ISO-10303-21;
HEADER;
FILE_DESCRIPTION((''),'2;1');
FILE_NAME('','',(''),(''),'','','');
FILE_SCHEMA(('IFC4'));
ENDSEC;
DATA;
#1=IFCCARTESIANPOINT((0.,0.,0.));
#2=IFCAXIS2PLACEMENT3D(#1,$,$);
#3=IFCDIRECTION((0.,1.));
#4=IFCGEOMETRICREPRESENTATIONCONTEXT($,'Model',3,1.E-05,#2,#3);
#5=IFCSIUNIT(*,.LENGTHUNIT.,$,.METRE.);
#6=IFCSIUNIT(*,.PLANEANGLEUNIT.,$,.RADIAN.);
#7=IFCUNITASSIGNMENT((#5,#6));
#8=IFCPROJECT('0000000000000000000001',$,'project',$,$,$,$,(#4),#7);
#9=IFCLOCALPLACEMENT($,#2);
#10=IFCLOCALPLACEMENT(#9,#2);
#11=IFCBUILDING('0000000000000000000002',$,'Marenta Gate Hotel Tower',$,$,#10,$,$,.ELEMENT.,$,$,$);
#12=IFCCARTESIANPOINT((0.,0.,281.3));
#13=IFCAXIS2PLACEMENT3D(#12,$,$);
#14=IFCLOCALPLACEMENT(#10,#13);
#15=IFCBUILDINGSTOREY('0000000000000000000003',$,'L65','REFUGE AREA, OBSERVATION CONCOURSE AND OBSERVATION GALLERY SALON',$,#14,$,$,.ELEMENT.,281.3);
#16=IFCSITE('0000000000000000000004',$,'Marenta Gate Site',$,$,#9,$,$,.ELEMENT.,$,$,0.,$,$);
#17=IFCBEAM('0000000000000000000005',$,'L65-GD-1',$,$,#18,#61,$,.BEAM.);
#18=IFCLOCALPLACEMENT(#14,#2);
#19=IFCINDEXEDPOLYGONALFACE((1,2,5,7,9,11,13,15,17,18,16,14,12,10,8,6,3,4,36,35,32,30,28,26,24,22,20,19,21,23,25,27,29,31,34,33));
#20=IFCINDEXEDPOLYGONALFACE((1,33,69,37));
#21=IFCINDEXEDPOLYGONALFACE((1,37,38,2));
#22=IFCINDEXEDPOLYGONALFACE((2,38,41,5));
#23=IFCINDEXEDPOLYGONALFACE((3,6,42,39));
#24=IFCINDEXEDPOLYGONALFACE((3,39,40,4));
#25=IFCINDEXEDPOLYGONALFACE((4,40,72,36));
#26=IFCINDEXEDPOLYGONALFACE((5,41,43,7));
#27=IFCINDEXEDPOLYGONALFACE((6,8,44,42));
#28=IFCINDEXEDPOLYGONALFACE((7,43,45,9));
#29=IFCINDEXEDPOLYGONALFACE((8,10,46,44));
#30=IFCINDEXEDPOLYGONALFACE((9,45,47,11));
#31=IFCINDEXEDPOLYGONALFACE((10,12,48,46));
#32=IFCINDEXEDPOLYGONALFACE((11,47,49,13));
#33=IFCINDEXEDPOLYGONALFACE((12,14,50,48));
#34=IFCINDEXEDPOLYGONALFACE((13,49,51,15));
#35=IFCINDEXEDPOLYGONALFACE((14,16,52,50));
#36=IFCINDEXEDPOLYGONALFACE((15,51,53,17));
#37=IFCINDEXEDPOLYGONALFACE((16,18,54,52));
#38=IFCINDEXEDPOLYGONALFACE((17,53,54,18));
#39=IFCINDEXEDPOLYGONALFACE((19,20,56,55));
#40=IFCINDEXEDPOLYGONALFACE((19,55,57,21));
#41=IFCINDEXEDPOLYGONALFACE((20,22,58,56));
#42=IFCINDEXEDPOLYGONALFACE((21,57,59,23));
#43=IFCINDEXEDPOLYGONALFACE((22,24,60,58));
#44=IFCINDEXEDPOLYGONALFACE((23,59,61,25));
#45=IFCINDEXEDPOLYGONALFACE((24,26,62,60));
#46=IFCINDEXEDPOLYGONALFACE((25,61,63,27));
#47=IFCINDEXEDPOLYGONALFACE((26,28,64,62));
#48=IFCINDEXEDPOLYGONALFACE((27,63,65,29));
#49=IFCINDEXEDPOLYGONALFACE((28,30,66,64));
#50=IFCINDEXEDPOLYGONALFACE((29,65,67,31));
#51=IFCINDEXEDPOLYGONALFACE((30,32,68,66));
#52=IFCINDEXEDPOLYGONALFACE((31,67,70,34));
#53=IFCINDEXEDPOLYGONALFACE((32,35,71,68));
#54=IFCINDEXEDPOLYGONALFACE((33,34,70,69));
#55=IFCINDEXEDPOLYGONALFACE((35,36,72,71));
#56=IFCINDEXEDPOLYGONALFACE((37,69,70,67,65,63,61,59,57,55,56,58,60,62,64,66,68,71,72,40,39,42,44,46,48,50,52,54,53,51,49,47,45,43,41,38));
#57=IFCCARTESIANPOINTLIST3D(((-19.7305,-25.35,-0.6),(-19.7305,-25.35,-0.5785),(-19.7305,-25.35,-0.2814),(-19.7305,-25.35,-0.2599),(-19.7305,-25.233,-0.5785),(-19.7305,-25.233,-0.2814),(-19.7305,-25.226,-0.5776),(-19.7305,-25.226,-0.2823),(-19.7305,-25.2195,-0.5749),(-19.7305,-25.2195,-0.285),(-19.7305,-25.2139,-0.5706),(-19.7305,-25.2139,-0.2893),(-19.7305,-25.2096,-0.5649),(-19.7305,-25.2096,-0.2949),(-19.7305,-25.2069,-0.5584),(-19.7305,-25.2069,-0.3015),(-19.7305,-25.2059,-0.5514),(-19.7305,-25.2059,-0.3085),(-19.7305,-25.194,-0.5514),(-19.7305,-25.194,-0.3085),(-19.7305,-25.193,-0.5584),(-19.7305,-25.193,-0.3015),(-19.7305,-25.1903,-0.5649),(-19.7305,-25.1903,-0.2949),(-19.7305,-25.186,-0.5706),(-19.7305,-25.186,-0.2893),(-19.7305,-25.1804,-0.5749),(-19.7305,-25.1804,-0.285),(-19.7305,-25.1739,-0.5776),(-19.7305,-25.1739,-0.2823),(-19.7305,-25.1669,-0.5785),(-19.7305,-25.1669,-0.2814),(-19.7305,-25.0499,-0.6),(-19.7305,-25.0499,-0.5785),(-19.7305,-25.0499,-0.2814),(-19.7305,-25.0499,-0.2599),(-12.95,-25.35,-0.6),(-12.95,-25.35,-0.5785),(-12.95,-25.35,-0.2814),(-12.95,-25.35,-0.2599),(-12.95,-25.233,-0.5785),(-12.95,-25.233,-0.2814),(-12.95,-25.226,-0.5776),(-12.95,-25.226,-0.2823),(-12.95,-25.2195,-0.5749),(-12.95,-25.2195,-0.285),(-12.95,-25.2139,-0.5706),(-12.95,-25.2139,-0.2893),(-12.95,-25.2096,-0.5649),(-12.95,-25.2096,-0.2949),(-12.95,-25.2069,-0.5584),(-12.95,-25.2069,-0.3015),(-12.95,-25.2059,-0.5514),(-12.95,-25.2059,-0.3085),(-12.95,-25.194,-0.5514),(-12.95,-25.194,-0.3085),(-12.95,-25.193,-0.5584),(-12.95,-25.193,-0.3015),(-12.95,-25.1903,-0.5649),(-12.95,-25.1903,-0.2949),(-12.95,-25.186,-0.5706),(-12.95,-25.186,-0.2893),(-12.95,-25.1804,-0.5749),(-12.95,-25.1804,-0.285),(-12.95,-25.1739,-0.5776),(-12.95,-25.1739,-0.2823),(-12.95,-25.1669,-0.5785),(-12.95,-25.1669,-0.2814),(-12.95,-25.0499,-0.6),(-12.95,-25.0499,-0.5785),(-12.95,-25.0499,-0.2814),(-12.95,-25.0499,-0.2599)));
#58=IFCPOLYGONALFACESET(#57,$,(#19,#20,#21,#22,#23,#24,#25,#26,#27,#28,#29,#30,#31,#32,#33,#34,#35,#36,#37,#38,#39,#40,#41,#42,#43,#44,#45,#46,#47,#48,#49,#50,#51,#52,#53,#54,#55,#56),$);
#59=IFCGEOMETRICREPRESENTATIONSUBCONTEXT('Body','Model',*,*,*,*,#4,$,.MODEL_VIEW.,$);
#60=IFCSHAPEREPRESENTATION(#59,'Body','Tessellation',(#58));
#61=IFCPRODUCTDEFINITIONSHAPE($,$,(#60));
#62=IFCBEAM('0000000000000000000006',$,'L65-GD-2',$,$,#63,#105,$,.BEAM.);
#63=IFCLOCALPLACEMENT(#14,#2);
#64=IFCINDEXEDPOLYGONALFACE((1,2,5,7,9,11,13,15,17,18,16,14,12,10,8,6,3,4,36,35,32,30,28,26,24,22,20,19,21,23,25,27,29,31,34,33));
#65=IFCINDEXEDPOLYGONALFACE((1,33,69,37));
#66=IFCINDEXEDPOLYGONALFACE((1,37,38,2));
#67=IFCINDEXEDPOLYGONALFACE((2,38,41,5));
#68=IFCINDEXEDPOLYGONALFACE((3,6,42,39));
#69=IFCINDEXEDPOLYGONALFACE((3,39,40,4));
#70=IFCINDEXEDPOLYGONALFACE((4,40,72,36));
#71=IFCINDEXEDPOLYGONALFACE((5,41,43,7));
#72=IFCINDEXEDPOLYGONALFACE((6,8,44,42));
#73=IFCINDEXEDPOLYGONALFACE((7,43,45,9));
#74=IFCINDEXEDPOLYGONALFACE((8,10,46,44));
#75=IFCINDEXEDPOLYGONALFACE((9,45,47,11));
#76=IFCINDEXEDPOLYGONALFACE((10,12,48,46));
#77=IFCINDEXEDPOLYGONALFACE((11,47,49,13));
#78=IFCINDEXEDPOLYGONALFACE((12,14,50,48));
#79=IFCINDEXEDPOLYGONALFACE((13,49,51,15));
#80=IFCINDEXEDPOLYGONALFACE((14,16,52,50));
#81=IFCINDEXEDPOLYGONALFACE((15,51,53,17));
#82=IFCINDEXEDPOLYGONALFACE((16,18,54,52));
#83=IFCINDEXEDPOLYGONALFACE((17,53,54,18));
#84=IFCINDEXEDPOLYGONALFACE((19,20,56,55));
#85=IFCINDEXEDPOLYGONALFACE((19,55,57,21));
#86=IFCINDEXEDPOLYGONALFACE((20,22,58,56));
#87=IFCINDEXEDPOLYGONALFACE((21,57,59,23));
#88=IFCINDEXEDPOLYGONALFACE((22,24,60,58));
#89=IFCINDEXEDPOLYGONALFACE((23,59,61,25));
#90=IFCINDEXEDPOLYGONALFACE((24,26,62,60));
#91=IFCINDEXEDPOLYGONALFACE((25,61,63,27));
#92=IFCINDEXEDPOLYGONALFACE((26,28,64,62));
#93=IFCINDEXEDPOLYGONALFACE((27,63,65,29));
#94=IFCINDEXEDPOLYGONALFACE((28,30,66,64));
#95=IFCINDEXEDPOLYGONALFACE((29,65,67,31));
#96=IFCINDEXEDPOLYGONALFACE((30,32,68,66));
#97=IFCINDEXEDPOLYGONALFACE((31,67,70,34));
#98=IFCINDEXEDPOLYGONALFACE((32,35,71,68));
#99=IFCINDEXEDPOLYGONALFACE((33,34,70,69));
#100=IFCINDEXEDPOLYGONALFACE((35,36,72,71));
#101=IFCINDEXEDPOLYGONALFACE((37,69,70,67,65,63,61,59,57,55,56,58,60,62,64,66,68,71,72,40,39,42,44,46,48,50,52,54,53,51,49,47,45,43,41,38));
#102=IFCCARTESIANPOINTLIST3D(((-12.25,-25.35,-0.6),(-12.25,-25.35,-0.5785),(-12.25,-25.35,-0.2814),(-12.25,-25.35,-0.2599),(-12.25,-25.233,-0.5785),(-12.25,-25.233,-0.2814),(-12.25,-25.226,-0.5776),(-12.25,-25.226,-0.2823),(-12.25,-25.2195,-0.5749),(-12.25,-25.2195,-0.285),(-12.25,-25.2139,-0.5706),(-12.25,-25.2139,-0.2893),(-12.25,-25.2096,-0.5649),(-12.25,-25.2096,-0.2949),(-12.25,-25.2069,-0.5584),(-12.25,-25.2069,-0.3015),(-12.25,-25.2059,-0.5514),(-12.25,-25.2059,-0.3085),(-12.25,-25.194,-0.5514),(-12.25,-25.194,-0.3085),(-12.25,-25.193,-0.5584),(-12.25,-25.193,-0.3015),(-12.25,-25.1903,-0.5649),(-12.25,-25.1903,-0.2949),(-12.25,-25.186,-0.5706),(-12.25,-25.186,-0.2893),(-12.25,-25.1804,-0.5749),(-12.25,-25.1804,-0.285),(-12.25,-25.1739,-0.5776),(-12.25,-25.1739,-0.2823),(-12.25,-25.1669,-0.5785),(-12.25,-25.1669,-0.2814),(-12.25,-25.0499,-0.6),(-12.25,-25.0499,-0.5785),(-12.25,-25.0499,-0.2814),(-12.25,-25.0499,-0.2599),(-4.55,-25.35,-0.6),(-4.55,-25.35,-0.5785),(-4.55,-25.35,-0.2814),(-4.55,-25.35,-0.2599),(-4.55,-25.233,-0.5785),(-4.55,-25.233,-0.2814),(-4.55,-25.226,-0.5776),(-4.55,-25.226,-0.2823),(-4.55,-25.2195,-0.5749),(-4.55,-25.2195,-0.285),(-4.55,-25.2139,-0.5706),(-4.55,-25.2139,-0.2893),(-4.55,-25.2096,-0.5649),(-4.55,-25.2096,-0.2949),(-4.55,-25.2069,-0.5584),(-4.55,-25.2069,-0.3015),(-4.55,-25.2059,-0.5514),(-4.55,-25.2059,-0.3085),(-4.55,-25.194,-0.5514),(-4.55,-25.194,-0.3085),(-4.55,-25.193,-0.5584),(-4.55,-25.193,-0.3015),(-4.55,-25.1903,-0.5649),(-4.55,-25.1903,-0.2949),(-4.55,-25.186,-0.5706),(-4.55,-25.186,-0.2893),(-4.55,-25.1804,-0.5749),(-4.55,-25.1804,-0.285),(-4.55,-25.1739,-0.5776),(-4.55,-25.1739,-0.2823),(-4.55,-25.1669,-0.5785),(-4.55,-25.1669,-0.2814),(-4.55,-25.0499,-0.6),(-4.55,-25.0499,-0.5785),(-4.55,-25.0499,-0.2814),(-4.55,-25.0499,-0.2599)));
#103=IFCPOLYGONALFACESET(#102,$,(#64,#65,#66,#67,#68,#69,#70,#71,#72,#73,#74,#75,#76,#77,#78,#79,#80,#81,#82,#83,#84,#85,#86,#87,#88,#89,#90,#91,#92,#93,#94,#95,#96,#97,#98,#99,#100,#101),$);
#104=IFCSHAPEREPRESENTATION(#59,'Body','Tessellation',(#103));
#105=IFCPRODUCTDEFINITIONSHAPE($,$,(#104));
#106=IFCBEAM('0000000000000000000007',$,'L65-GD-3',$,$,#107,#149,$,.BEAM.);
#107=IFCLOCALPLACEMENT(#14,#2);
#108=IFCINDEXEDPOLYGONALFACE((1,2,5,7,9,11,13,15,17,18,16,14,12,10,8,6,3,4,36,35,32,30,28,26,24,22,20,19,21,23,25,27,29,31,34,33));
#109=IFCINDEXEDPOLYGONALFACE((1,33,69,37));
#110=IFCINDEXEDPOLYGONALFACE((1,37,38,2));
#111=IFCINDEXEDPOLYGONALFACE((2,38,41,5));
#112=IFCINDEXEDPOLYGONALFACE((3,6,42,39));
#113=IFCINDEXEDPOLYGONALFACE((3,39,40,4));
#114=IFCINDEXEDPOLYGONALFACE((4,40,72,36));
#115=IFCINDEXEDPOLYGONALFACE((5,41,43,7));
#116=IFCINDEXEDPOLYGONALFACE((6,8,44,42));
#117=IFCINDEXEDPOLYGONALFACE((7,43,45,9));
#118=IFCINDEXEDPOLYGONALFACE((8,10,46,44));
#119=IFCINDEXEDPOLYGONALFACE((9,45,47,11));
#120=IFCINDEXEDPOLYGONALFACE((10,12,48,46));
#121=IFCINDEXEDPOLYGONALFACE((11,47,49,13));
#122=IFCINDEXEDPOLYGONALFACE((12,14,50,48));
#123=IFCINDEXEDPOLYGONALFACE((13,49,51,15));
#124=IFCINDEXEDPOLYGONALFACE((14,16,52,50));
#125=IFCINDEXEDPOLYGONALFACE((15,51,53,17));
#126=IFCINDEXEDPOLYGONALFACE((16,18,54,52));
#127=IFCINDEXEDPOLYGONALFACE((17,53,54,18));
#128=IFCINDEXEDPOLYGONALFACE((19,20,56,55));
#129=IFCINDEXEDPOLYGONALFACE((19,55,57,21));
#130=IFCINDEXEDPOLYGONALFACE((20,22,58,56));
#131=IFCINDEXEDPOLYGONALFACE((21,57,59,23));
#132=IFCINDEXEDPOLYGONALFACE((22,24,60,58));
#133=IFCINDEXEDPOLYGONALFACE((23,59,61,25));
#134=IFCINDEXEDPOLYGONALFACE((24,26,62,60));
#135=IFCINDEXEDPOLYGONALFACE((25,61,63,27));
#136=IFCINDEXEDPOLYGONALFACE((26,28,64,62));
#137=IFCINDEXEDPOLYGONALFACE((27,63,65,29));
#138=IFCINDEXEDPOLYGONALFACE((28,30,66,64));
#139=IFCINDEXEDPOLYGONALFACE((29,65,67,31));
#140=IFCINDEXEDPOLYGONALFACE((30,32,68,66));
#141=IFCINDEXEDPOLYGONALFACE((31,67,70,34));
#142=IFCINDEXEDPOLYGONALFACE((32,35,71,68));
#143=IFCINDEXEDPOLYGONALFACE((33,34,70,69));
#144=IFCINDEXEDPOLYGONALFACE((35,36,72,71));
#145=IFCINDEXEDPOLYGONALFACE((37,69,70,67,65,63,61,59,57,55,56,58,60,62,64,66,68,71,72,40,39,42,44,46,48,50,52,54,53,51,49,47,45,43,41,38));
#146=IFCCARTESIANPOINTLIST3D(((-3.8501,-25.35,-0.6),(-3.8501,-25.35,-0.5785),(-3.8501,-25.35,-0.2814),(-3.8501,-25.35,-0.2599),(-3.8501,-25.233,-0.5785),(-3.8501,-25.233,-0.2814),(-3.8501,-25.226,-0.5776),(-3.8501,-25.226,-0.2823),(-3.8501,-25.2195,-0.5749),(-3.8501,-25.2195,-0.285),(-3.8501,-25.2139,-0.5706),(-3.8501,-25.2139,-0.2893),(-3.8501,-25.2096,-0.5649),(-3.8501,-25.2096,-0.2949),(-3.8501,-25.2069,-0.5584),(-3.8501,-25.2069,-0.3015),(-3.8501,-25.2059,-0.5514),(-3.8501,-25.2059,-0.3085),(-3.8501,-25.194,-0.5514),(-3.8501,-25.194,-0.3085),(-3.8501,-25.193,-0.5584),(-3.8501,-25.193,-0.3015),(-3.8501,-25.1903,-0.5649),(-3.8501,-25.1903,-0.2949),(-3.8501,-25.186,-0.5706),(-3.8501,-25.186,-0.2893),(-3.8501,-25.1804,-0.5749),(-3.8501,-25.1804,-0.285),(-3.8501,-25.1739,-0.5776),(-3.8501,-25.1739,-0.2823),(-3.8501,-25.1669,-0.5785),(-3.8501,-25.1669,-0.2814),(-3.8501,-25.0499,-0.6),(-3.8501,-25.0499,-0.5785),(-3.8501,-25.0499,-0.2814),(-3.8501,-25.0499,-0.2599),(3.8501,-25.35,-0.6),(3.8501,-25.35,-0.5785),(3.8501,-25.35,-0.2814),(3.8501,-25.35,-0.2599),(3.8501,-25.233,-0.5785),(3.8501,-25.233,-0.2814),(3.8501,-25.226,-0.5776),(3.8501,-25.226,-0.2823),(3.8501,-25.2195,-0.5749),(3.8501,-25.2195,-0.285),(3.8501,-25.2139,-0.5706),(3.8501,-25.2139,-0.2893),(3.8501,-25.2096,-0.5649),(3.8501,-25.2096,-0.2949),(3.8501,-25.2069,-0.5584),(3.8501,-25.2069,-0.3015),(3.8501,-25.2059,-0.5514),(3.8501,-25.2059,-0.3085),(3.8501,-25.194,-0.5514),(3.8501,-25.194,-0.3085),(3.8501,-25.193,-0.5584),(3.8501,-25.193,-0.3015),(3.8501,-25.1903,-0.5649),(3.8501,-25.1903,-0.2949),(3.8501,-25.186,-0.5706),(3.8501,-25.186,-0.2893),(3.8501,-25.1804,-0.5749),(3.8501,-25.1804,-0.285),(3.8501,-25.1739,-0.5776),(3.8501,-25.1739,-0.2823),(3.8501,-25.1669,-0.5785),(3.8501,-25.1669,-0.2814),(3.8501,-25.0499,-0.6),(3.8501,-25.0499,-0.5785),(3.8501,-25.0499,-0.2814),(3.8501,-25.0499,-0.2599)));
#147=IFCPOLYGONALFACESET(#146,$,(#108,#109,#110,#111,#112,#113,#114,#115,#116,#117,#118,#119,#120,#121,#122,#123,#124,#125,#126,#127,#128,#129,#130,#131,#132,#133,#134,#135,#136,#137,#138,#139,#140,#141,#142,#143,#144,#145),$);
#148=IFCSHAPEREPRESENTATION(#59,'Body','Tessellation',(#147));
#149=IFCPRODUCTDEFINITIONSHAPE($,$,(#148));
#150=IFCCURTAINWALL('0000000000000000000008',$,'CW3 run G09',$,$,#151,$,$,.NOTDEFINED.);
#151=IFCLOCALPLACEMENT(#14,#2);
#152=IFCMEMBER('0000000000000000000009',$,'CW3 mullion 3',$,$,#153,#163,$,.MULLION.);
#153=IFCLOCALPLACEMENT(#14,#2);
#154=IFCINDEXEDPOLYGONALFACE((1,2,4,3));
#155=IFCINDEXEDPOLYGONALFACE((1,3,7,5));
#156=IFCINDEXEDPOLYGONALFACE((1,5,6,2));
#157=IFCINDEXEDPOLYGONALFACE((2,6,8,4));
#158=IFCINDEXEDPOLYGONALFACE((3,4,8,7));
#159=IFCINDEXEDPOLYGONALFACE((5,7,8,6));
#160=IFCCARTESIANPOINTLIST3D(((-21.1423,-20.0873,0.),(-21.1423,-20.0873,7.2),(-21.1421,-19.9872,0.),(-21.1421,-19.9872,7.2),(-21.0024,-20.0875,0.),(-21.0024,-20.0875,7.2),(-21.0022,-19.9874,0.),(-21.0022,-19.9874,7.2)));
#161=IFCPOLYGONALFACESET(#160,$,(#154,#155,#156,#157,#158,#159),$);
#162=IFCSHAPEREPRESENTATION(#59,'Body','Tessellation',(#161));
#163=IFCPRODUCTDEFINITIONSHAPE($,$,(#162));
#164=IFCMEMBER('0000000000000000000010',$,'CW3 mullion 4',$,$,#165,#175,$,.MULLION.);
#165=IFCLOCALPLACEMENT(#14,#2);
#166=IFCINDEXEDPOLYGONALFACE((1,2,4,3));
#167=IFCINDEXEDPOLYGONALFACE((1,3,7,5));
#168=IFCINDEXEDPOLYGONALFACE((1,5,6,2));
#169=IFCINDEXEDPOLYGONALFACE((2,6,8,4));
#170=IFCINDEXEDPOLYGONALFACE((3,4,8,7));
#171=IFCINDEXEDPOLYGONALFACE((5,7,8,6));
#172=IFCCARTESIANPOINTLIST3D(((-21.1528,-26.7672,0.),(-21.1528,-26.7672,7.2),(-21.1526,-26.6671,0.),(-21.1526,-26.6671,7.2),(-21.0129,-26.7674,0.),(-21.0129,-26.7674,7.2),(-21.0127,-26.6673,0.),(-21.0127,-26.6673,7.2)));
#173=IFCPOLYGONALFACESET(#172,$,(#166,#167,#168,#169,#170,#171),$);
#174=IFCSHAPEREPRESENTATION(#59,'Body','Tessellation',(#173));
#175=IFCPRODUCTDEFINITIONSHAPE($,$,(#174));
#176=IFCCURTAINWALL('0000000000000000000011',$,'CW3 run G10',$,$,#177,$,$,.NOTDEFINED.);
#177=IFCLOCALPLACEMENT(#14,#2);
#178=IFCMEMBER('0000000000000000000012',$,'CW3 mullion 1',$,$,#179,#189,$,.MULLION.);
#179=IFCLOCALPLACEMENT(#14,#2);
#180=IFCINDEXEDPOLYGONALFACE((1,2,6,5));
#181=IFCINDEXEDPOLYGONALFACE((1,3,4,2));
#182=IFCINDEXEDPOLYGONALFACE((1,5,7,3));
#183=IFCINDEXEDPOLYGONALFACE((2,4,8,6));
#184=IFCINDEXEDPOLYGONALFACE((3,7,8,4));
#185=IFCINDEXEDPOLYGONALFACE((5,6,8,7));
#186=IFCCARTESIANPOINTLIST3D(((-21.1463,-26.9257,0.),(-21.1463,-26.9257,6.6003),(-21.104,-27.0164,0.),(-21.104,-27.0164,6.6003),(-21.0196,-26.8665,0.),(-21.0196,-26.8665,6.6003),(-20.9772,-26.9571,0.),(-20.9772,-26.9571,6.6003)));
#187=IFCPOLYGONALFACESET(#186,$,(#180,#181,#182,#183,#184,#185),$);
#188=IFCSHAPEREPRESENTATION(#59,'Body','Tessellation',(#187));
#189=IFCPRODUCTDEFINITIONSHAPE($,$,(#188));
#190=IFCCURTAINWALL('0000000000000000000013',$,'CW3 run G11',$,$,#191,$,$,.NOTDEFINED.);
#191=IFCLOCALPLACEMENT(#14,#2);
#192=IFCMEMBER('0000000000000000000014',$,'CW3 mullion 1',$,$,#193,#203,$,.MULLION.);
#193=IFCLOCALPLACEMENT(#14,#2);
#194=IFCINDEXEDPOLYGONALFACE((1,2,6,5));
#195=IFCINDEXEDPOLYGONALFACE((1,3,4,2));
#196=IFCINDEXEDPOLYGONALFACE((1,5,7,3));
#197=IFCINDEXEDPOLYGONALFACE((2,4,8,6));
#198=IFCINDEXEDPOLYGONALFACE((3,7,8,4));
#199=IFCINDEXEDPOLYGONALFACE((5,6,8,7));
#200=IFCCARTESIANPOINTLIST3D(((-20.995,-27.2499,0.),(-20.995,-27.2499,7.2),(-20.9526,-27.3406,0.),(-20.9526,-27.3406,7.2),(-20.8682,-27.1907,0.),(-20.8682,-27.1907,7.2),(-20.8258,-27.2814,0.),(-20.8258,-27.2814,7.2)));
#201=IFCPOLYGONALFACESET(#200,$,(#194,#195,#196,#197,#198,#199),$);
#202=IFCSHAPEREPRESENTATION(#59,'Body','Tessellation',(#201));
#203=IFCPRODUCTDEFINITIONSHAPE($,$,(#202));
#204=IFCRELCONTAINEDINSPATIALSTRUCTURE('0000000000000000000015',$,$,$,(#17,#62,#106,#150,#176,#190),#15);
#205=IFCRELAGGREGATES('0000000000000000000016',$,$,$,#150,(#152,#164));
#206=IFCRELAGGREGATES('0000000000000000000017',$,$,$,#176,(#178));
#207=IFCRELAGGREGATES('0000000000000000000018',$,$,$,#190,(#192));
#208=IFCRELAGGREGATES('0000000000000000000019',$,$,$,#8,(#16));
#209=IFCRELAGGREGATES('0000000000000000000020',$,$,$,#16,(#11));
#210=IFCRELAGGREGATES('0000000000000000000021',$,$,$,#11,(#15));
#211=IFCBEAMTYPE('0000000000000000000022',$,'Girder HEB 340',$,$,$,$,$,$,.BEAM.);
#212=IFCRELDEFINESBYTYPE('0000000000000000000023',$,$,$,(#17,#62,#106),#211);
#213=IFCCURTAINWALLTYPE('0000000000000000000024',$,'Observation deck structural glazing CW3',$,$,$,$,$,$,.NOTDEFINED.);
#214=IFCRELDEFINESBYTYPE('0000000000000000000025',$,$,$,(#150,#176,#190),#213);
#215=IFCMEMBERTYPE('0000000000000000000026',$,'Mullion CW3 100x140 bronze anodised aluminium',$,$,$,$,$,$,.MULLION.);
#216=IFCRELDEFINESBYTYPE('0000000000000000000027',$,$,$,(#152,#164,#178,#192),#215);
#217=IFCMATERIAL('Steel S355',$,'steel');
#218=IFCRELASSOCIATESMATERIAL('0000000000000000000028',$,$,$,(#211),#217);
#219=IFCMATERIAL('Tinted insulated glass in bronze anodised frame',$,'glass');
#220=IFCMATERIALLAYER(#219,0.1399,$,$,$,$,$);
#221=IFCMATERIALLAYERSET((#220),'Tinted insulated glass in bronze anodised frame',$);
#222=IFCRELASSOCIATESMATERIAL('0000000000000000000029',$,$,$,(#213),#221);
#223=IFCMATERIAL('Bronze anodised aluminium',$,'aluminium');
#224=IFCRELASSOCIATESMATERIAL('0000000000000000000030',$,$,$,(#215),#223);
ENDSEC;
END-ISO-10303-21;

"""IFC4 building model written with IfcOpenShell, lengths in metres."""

from ifc_helpers import new_model, si_unit, direction, frame, origin, origin_2d, place, context, subcontext, project, spatial, rectangle, i_section, extrude, material, layer, layer_set, material_profile, profile_set, type_object, element, aggregate, save


model = new_model("IFC4")

# Units and contexts
model_context = context("Model", 3, precision=1e-05, world=origin(), true_north=direction((0.0, 1.0)))
body_context = subcontext(model_context, "Body", "Model", "MODEL_VIEW")
ifc_project = project(units=[si_unit("LENGTHUNIT", "METRE"), si_unit("PLANEANGLEUNIT", "RADIAN")], contexts=[model_context])

# Site, building, storey
site_placement = place(None, origin())
site = spatial("IfcSite", under=ifc_project, at=site_placement, Name="Marenta Gate Site", CompositionType="ELEMENT", RefElevation=0.0)
building_placement = place(site_placement, origin())
building = spatial("IfcBuilding", under=site, at=building_placement, Name="Marenta Gate Hotel Tower", CompositionType="ELEMENT")
storey_placement = place(building_placement, frame((0.0, 0.0, 281.3)))
storey = spatial("IfcBuildingStorey", under=building, at=storey_placement, Name="L65", Description="REFUGE AREA, OBSERVATION CONCOURSE AND OBSERVATION GALLERY SALON", CompositionType="ELEMENT", Elevation=281.3)

# Beams
ifc_material_1 = material(Name="Steel S355", Category="steel")
ifc_material_profile_1 = material_profile(ifc_material_1, i_section(OverallWidth=0.3, OverallDepth=0.3401, WebThickness=0.012, FlangeThickness=0.0215, FilletRadius=0.0271, at=origin_2d()), Name="HEB 340")
ifc_profile_set_1 = profile_set([ifc_material_profile_1], Name="Steel S355")
beam_type_1 = type_object("IfcBeamType", Name="Girder HEB 340", PredefinedType="BEAM", material=ifc_profile_set_1)
beam_1_placement = place(storey_placement, frame((-19.7305, -25.2, -0.4299), z_axis=(1.0, 0.0, 0.0), x_axis=(0.0, 1.0, 0.0)))
element("IfcBeam", 1, at=beam_1_placement, inside=storey, type_object=beam_type_1, Name="L65-GD-1", PredefinedType="BEAM", context=body_context, shape_type="SweptSolid", body=[
    extrude(i_section(OverallWidth=0.3, OverallDepth=0.3401, WebThickness=0.012, FlangeThickness=0.0215, FilletRadius=0.0271, at=origin_2d()), origin(), (0.0, 0.0, 1.0), 6.7805),
])
beam_2_placement = place(storey_placement, frame((-12.25, -25.2, -0.4299), z_axis=(1.0, 0.0, 0.0), x_axis=(0.0, 1.0, 0.0)))
element("IfcBeam", 2, at=beam_2_placement, inside=storey, type_object=beam_type_1, Name="L65-GD-2", PredefinedType="BEAM", context=body_context, shape_type="SweptSolid", body=[
    extrude(i_section(OverallWidth=0.3, OverallDepth=0.3401, WebThickness=0.012, FlangeThickness=0.0215, FilletRadius=0.0271, at=origin_2d()), origin(), (0.0, 0.0, 1.0), 7.7),
])
beam_3_placement = place(storey_placement, frame((-3.8501, -25.2, -0.4299), z_axis=(1.0, 0.0, 0.0), x_axis=(0.0, 1.0, 0.0)))
element("IfcBeam", 3, at=beam_3_placement, inside=storey, type_object=beam_type_1, Name="L65-GD-3", PredefinedType="BEAM", context=body_context, shape_type="SweptSolid", body=[
    extrude(i_section(OverallWidth=0.3, OverallDepth=0.3401, WebThickness=0.012, FlangeThickness=0.0215, FilletRadius=0.0271, at=origin_2d()), origin(), (0.0, 0.0, 1.0), 7.7002),
])

# Curtain wall, members
ifc_material_2 = material(Name="Tinted insulated glass in bronze anodised frame", Category="glass")
ifc_layer_1 = layer(ifc_material_2, 0.1399)
ifc_layer_set_1 = layer_set([ifc_layer_1], Name="Tinted insulated glass in bronze anodised frame")
curtain_wall_type = type_object("IfcCurtainWallType", Name="Observation deck structural glazing CW3", PredefinedType="NOTDEFINED", material=ifc_layer_set_1)
curtain_wall_1_placement = place(storey_placement, origin())
curtain_wall_1 = element("IfcCurtainWall", 4, at=curtain_wall_1_placement, inside=storey, type_object=curtain_wall_type, Name="CW3 run G09", PredefinedType="NOTDEFINED")
ifc_material_3 = material(Name="Bronze anodised aluminium", Category="aluminium")
ifc_material_profile_2 = material_profile(ifc_material_3, rectangle(XDim=0.1399, YDim=0.1001, at=origin_2d()), Name="Mullion CW3 100x140 bronze anodised aluminium")
ifc_profile_set_2 = profile_set([ifc_material_profile_2], Name="Bronze anodised aluminium")
member_type_1 = type_object("IfcMemberType", Name="Mullion CW3 100x140 bronze anodised aluminium", PredefinedType="MULLION", material=ifc_profile_set_2)
member_1_placement = place(storey_placement, frame((-21.0723, -20.0374, 0.0), z_axis=(0.0, 0.0, 1.0), x_axis=(0.999999, -0.001565, 0.0)))
member_1 = element("IfcMember", 5, at=member_1_placement, type_object=member_type_1, Name="CW3 mullion 3", PredefinedType="MULLION", context=body_context, shape_type="SweptSolid", body=[
    extrude(rectangle(XDim=0.1399, YDim=0.1001, at=origin_2d()), origin(), (0.0, 0.0, 1.0), 7.2),
])
member_2_placement = place(storey_placement, frame((-21.0828, -26.7173, 0.0), z_axis=(0.0, 0.0, 1.0), x_axis=(0.999999, -0.001565, 0.0)))
member_2 = element("IfcMember", 6, at=member_2_placement, type_object=member_type_1, Name="CW3 mullion 4", PredefinedType="MULLION", context=body_context, shape_type="SweptSolid", body=[
    extrude(rectangle(XDim=0.1399, YDim=0.1001, at=origin_2d()), origin(), (0.0, 0.0, 1.0), 7.2),
])

# Curtain walls, members
curtain_wall_2_placement = place(storey_placement, origin())
curtain_wall_2 = element("IfcCurtainWall", 7, at=curtain_wall_2_placement, inside=storey, type_object=curtain_wall_type, Name="CW3 run G10", PredefinedType="NOTDEFINED")
member_3_placement = place(storey_placement, frame((-21.0618, -26.9414, 0.0), z_axis=(0.0, 0.0, 1.0), x_axis=(0.906012, 0.423252, 0.0)))
member_3 = element("IfcMember", 8, at=member_3_placement, type_object=member_type_1, Name="CW3 mullion 1", PredefinedType="MULLION", context=body_context, shape_type="SweptSolid", body=[
    extrude(rectangle(XDim=0.1399, YDim=0.1001, at=origin_2d()), origin(), (0.0, 0.0, 1.0), 6.6003),
])
curtain_wall_3_placement = place(storey_placement, origin())
curtain_wall_3 = element("IfcCurtainWall", 9, at=curtain_wall_3_placement, inside=storey, type_object=curtain_wall_type, Name="CW3 run G11", PredefinedType="NOTDEFINED")
member_4_placement = place(storey_placement, frame((-20.9104, -27.2656, 0.0), z_axis=(0.0, 0.0, 1.0), x_axis=(0.905961, 0.423361, 0.0)))
member_4 = element("IfcMember", 10, at=member_4_placement, type_object=member_type_1, Name="CW3 mullion 1", PredefinedType="MULLION", context=body_context, shape_type="SweptSolid", body=[
    extrude(rectangle(XDim=0.1399, YDim=0.1001, at=origin_2d()), origin(), (0.0, 0.0, 1.0), 7.2),
])

aggregate(curtain_wall_1, [member_1, member_2])
aggregate(curtain_wall_2, [member_3])
aggregate(curtain_wall_3, [member_4])

save(model, "model.ifc")
